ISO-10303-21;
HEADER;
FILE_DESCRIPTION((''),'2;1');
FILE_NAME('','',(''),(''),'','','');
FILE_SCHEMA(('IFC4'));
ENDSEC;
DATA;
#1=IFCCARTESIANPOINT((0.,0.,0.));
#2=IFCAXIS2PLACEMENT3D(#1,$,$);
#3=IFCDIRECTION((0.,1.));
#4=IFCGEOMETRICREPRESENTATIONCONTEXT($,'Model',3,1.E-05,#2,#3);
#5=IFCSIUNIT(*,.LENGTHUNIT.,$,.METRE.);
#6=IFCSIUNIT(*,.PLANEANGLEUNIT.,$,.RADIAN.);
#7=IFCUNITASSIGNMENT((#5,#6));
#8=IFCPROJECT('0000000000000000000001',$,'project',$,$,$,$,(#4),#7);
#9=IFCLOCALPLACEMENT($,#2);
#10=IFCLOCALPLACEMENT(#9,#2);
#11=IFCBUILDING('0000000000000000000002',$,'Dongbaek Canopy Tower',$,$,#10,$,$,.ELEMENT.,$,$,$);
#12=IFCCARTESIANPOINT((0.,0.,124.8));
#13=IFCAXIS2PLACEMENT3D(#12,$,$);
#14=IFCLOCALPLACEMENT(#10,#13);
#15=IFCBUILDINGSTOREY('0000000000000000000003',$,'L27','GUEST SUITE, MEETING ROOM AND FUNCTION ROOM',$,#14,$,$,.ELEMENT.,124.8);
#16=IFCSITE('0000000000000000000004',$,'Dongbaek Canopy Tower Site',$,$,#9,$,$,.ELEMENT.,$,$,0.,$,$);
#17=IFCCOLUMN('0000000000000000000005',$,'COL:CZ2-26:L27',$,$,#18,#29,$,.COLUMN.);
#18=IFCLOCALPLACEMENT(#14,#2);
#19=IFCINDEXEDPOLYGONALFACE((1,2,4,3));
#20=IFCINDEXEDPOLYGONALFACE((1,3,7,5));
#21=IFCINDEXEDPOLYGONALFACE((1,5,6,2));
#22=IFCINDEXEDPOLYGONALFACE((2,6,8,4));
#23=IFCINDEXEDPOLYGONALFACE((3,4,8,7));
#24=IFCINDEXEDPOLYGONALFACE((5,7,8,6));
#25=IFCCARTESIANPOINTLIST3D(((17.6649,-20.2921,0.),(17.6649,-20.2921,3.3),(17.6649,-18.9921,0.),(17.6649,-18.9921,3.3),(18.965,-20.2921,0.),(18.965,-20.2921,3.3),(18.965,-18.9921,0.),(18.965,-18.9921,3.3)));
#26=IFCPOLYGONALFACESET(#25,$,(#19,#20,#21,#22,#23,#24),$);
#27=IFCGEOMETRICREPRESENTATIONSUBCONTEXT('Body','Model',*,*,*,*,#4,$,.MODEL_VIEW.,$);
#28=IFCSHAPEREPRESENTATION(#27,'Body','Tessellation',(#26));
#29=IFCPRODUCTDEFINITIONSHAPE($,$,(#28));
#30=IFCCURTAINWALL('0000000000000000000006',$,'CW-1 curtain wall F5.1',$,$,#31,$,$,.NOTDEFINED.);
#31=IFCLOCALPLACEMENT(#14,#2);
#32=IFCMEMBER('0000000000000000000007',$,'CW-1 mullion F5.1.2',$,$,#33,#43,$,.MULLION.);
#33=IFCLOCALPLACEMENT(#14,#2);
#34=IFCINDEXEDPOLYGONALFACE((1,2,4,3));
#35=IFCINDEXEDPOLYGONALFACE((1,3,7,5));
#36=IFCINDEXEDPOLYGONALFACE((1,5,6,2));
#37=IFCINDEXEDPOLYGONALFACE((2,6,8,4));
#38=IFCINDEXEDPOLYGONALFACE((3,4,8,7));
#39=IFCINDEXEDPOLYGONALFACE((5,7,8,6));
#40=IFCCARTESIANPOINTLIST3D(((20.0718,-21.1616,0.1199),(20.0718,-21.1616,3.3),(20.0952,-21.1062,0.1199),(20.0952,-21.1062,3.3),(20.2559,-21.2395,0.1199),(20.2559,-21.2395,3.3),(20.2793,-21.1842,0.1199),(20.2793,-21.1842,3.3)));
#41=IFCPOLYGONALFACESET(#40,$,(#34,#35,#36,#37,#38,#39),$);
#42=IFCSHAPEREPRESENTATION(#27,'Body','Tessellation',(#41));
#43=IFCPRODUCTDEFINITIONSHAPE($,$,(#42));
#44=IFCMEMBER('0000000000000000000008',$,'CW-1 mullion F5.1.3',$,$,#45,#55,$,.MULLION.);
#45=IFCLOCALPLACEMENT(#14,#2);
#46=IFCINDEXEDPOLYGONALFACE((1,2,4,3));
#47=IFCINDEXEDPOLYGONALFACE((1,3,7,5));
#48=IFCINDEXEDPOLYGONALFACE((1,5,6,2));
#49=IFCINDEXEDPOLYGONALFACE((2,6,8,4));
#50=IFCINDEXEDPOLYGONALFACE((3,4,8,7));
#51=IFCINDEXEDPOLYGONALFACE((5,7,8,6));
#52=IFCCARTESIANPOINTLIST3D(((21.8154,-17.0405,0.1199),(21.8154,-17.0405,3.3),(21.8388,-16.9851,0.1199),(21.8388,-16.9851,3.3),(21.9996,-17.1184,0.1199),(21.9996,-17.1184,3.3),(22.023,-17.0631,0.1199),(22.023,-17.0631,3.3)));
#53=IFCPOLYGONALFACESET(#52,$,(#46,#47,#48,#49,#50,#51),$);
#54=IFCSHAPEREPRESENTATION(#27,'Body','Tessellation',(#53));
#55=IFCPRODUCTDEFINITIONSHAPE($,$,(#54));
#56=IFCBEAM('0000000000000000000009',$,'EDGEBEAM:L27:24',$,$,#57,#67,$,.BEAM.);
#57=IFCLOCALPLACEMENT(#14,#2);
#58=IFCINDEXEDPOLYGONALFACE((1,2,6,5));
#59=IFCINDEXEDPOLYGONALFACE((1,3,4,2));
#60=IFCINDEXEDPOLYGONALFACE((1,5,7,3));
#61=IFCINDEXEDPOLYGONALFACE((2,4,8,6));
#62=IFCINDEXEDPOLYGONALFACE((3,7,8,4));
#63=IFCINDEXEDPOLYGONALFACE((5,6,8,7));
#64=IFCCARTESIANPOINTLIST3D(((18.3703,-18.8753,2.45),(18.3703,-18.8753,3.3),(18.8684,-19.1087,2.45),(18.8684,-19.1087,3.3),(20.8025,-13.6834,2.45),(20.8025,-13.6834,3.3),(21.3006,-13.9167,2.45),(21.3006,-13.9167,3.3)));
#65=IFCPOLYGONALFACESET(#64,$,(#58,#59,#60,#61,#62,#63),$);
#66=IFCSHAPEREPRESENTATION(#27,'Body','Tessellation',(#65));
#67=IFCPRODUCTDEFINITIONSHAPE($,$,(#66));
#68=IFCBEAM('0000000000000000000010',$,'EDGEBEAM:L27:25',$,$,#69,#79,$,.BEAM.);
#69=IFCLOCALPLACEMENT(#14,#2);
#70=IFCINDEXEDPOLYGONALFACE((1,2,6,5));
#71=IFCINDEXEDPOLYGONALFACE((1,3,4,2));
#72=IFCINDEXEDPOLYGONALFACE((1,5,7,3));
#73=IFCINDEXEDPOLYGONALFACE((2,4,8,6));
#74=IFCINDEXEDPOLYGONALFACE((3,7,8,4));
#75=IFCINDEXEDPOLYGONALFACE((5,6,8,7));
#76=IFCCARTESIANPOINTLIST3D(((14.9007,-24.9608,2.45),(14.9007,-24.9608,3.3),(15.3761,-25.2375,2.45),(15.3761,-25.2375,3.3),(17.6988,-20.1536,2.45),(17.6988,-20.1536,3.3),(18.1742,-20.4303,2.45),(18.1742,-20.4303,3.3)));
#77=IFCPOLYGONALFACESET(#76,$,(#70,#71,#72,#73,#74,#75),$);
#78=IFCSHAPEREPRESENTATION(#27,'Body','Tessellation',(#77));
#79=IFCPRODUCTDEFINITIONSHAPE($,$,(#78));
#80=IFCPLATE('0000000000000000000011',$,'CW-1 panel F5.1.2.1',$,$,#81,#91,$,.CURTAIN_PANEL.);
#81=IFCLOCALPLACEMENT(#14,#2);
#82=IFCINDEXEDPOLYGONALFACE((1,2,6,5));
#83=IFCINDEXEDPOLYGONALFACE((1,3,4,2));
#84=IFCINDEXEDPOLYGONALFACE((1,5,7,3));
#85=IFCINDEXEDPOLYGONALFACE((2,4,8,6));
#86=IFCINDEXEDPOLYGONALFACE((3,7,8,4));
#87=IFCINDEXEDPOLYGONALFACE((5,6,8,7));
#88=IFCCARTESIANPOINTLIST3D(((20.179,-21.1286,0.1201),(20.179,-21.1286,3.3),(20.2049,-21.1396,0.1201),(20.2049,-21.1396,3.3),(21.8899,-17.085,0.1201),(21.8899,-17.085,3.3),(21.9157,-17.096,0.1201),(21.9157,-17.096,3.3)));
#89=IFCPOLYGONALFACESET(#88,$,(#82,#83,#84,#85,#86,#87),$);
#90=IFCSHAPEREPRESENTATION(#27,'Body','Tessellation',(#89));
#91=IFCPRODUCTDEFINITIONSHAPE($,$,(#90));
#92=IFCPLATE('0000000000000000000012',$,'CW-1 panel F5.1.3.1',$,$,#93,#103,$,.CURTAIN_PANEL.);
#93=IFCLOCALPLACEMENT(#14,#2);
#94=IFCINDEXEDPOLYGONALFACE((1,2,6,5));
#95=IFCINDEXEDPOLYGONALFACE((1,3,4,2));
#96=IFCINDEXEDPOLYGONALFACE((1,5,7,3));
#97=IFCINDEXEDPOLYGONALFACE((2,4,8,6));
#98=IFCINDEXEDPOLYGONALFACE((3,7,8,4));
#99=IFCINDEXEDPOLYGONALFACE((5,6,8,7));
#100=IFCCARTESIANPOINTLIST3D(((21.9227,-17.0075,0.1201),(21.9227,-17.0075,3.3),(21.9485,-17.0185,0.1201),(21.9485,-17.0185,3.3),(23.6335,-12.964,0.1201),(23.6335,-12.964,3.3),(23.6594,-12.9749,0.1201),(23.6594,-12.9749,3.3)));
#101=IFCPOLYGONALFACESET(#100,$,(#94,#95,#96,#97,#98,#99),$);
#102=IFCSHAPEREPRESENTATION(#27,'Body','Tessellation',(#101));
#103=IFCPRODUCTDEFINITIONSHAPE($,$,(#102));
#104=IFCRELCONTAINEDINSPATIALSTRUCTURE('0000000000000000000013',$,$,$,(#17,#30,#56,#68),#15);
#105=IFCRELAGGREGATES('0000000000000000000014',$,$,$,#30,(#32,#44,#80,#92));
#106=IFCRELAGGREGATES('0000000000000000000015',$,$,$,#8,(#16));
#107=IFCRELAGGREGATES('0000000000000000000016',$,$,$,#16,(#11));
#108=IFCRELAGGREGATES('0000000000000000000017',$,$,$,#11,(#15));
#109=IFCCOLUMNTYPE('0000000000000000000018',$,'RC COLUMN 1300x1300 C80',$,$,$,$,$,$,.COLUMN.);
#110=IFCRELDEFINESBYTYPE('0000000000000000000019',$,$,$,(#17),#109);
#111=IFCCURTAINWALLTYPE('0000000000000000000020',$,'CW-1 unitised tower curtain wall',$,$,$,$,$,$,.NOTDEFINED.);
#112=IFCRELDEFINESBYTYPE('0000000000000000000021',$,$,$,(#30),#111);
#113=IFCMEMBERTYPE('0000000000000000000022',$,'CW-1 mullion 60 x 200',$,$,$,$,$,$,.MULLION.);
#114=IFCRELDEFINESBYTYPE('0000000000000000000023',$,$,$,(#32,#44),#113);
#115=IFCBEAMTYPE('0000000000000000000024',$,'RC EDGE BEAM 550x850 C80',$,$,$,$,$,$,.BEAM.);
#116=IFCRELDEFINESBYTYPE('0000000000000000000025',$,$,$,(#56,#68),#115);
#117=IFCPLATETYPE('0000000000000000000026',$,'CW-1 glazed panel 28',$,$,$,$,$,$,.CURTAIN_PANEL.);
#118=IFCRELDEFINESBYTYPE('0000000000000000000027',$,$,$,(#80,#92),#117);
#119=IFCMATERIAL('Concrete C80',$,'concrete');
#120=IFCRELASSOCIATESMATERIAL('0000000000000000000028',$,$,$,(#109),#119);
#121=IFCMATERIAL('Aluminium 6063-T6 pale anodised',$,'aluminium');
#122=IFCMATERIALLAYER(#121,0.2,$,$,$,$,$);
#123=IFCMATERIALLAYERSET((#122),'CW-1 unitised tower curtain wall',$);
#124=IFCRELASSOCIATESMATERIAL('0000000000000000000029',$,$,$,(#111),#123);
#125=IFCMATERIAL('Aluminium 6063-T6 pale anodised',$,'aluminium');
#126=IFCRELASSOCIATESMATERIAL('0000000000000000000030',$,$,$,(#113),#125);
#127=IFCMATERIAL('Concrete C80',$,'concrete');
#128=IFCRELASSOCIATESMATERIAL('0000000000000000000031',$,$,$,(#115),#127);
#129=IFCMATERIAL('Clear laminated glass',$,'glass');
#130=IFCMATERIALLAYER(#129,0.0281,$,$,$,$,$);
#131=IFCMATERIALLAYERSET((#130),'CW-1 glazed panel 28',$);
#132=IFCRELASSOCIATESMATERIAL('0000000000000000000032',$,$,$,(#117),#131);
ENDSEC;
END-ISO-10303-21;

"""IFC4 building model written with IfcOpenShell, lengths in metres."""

from ifc_helpers import new_model, si_unit, direction, frame, origin, origin_2d, place, context, subcontext, project, spatial, rectangle, extrude, material, layer, layer_set, material_profile, profile_set, type_object, element, aggregate, save


model = new_model("IFC4")

# Units and contexts
model_context = context("Model", 3, precision=1e-05, world=origin(), true_north=direction((0.0, 1.0)))
body_context = subcontext(model_context, "Body", "Model", "MODEL_VIEW")
ifc_project = project(units=[si_unit("LENGTHUNIT", "METRE"), si_unit("PLANEANGLEUNIT", "RADIAN")], contexts=[model_context])

# Site, building, storey
site_placement = place(None, origin())
site = spatial("IfcSite", under=ifc_project, at=site_placement, Name="Dongbaek Canopy Tower Site", CompositionType="ELEMENT", RefElevation=0.0)
building_placement = place(site_placement, origin())
building = spatial("IfcBuilding", under=site, at=building_placement, Name="Dongbaek Canopy Tower", CompositionType="ELEMENT")
storey_placement = place(building_placement, frame((0.0, 0.0, 124.8)))
storey = spatial("IfcBuildingStorey", under=building, at=storey_placement, Name="L27", Description="GUEST SUITE, MEETING ROOM AND FUNCTION ROOM", CompositionType="ELEMENT", Elevation=124.8)

# Column
ifc_material_1 = material(Name="Concrete C80", Category="concrete")
ifc_material_profile_1 = material_profile(ifc_material_1, rectangle(XDim=1.3, YDim=1.3, at=origin_2d()), Name="RC COLUMN 1300x1300 C80")
ifc_profile_set_1 = profile_set([ifc_material_profile_1], Name="Concrete C80")
column_type = type_object("IfcColumnType", Name="RC COLUMN 1300x1300 C80", PredefinedType="COLUMN", material=ifc_profile_set_1)
column_placement = place(storey_placement, frame((18.3149, -19.6421, 0.0), z_axis=(0.0, 0.0, 1.0), x_axis=(1.0, 0.0, 0.0)))
element("IfcColumn", 1, at=column_placement, inside=storey, type_object=column_type, Name="COL:CZ2-26:L27", PredefinedType="COLUMN", context=body_context, shape_type="SweptSolid", body=[
    extrude(rectangle(XDim=1.3, YDim=1.3, at=origin_2d()), origin(), (0.0, 0.0, 1.0), 3.3),
])

# Curtain wall, members
ifc_material_2 = material(Name="Aluminium 6063-T6 pale anodised", Category="aluminium")
ifc_layer_1 = layer(ifc_material_2, 0.2)
ifc_layer_set_1 = layer_set([ifc_layer_1], Name="CW-1 unitised tower curtain wall")
curtain_wall_type = type_object("IfcCurtainWallType", Name="CW-1 unitised tower curtain wall", PredefinedType="NOTDEFINED", material=ifc_layer_set_1)
curtain_wall_placement = place(storey_placement, origin())
curtain_wall = element("IfcCurtainWall", 2, at=curtain_wall_placement, inside=storey, type_object=curtain_wall_type, Name="CW-1 curtain wall F5.1", PredefinedType="NOTDEFINED")
ifc_material_3 = material(Name="Aluminium 6063-T6 pale anodised", Category="aluminium")
ifc_material_profile_2 = material_profile(ifc_material_3, rectangle(XDim=0.2, YDim=0.0601, at=origin_2d()), Name="CW-1 mullion 60 x 200")
ifc_profile_set_2 = profile_set([ifc_material_profile_2], Name="Aluminium 6063-T6 pale anodised")
member_type = type_object("IfcMemberType", Name="CW-1 mullion 60 x 200", PredefinedType="MULLION", material=ifc_profile_set_2)
member_1_placement = place(storey_placement, frame((20.1755, -21.1729, 0.1199), z_axis=(0.0, 0.0, 1.0), x_axis=(0.920958, -0.389663, 0.0)))
member_1 = element("IfcMember", 3, at=member_1_placement, type_object=member_type, Name="CW-1 mullion F5.1.2", PredefinedType="MULLION", context=body_context, shape_type="SweptSolid", body=[
    extrude(rectangle(XDim=0.2, YDim=0.0601, at=origin_2d()), origin(), (0.0, 0.0, 1.0), 3.1802),
])
member_2_placement = place(storey_placement, frame((21.9192, -17.0518, 0.1199), z_axis=(0.0, 0.0, 1.0), x_axis=(0.920958, -0.389663, 0.0)))
member_2 = element("IfcMember", 4, at=member_2_placement, type_object=member_type, Name="CW-1 mullion F5.1.3", PredefinedType="MULLION", context=body_context, shape_type="SweptSolid", body=[
    extrude(rectangle(XDim=0.2, YDim=0.0601, at=origin_2d()), origin(), (0.0, 0.0, 1.0), 3.1802),
])

# Beams
ifc_material_4 = material(Name="Concrete C80", Category="concrete")
ifc_material_profile_3 = material_profile(ifc_material_4, rectangle(XDim=0.55, YDim=0.8501, at=origin_2d()), Name="RC EDGE BEAM 550x850 C80")
ifc_profile_set_3 = profile_set([ifc_material_profile_3], Name="Concrete C80")
beam_type = type_object("IfcBeamType", Name="RC EDGE BEAM 550x850 C80", PredefinedType="BEAM", material=ifc_profile_set_3)
beam_1_placement = place(storey_placement, frame((21.0515, -13.8, 2.875), z_axis=(-0.424209, -0.905564, 0.0), x_axis=(0.905564, -0.424209, 0.0)))
element("IfcBeam", 5, at=beam_1_placement, inside=storey, type_object=beam_type, Name="EDGEBEAM:L27:24", PredefinedType="BEAM", context=body_context, shape_type="SweptSolid", body=[
    extrude(rectangle(XDim=0.55, YDim=0.8501, at=origin_2d()), origin(), (0.0, 0.0, 1.0), 5.7334),
])
beam_2_placement = place(storey_placement, frame((17.9365, -20.292, 2.875), z_axis=(-0.503058, -0.864253, 0.0), x_axis=(0.864253, -0.503058, 0.0)))
element("IfcBeam", 6, at=beam_2_placement, inside=storey, type_object=beam_type, Name="EDGEBEAM:L27:25", PredefinedType="BEAM", context=body_context, shape_type="SweptSolid", body=[
    extrude(rectangle(XDim=0.55, YDim=0.8501, at=origin_2d()), origin(), (0.0, 0.0, 1.0), 5.5623),
])

# Plates
ifc_material_5 = material(Name="Clear laminated glass", Category="glass")
ifc_layer_2 = layer(ifc_material_5, 0.0281)
ifc_layer_set_2 = layer_set([ifc_layer_2], Name="CW-1 glazed panel 28")
plate_type = type_object("IfcPlateType", Name="CW-1 glazed panel 28", PredefinedType="CURTAIN_PANEL", material=ifc_layer_set_2)
plate_1_placement = place(storey_placement, frame((21.0474, -19.1123, 0.1201), z_axis=(0.0, 0.0, 1.0), x_axis=(0.389663, 0.920958, 0.0)))
plate_1 = element("IfcPlate", 7, at=plate_1_placement, type_object=plate_type, Name="CW-1 panel F5.1.2.1", PredefinedType="CURTAIN_PANEL", context=body_context, shape_type="SweptSolid", body=[
    extrude(rectangle(XDim=4.3906, YDim=0.0281, at=origin_2d()), origin(), (0.0, 0.0, 1.0), 3.1799),
])
plate_2_placement = place(storey_placement, frame((22.791, -14.9912, 0.1201), z_axis=(0.0, 0.0, 1.0), x_axis=(0.389663, 0.920958, 0.0)))
plate_2 = element("IfcPlate", 8, at=plate_2_placement, type_object=plate_type, Name="CW-1 panel F5.1.3.1", PredefinedType="CURTAIN_PANEL", context=body_context, shape_type="SweptSolid", body=[
    extrude(rectangle(XDim=4.3906, YDim=0.0281, at=origin_2d()), origin(), (0.0, 0.0, 1.0), 3.1799),
])

aggregate(curtain_wall, [member_1, member_2, plate_1, plate_2])

save(model, "model.ifc")
